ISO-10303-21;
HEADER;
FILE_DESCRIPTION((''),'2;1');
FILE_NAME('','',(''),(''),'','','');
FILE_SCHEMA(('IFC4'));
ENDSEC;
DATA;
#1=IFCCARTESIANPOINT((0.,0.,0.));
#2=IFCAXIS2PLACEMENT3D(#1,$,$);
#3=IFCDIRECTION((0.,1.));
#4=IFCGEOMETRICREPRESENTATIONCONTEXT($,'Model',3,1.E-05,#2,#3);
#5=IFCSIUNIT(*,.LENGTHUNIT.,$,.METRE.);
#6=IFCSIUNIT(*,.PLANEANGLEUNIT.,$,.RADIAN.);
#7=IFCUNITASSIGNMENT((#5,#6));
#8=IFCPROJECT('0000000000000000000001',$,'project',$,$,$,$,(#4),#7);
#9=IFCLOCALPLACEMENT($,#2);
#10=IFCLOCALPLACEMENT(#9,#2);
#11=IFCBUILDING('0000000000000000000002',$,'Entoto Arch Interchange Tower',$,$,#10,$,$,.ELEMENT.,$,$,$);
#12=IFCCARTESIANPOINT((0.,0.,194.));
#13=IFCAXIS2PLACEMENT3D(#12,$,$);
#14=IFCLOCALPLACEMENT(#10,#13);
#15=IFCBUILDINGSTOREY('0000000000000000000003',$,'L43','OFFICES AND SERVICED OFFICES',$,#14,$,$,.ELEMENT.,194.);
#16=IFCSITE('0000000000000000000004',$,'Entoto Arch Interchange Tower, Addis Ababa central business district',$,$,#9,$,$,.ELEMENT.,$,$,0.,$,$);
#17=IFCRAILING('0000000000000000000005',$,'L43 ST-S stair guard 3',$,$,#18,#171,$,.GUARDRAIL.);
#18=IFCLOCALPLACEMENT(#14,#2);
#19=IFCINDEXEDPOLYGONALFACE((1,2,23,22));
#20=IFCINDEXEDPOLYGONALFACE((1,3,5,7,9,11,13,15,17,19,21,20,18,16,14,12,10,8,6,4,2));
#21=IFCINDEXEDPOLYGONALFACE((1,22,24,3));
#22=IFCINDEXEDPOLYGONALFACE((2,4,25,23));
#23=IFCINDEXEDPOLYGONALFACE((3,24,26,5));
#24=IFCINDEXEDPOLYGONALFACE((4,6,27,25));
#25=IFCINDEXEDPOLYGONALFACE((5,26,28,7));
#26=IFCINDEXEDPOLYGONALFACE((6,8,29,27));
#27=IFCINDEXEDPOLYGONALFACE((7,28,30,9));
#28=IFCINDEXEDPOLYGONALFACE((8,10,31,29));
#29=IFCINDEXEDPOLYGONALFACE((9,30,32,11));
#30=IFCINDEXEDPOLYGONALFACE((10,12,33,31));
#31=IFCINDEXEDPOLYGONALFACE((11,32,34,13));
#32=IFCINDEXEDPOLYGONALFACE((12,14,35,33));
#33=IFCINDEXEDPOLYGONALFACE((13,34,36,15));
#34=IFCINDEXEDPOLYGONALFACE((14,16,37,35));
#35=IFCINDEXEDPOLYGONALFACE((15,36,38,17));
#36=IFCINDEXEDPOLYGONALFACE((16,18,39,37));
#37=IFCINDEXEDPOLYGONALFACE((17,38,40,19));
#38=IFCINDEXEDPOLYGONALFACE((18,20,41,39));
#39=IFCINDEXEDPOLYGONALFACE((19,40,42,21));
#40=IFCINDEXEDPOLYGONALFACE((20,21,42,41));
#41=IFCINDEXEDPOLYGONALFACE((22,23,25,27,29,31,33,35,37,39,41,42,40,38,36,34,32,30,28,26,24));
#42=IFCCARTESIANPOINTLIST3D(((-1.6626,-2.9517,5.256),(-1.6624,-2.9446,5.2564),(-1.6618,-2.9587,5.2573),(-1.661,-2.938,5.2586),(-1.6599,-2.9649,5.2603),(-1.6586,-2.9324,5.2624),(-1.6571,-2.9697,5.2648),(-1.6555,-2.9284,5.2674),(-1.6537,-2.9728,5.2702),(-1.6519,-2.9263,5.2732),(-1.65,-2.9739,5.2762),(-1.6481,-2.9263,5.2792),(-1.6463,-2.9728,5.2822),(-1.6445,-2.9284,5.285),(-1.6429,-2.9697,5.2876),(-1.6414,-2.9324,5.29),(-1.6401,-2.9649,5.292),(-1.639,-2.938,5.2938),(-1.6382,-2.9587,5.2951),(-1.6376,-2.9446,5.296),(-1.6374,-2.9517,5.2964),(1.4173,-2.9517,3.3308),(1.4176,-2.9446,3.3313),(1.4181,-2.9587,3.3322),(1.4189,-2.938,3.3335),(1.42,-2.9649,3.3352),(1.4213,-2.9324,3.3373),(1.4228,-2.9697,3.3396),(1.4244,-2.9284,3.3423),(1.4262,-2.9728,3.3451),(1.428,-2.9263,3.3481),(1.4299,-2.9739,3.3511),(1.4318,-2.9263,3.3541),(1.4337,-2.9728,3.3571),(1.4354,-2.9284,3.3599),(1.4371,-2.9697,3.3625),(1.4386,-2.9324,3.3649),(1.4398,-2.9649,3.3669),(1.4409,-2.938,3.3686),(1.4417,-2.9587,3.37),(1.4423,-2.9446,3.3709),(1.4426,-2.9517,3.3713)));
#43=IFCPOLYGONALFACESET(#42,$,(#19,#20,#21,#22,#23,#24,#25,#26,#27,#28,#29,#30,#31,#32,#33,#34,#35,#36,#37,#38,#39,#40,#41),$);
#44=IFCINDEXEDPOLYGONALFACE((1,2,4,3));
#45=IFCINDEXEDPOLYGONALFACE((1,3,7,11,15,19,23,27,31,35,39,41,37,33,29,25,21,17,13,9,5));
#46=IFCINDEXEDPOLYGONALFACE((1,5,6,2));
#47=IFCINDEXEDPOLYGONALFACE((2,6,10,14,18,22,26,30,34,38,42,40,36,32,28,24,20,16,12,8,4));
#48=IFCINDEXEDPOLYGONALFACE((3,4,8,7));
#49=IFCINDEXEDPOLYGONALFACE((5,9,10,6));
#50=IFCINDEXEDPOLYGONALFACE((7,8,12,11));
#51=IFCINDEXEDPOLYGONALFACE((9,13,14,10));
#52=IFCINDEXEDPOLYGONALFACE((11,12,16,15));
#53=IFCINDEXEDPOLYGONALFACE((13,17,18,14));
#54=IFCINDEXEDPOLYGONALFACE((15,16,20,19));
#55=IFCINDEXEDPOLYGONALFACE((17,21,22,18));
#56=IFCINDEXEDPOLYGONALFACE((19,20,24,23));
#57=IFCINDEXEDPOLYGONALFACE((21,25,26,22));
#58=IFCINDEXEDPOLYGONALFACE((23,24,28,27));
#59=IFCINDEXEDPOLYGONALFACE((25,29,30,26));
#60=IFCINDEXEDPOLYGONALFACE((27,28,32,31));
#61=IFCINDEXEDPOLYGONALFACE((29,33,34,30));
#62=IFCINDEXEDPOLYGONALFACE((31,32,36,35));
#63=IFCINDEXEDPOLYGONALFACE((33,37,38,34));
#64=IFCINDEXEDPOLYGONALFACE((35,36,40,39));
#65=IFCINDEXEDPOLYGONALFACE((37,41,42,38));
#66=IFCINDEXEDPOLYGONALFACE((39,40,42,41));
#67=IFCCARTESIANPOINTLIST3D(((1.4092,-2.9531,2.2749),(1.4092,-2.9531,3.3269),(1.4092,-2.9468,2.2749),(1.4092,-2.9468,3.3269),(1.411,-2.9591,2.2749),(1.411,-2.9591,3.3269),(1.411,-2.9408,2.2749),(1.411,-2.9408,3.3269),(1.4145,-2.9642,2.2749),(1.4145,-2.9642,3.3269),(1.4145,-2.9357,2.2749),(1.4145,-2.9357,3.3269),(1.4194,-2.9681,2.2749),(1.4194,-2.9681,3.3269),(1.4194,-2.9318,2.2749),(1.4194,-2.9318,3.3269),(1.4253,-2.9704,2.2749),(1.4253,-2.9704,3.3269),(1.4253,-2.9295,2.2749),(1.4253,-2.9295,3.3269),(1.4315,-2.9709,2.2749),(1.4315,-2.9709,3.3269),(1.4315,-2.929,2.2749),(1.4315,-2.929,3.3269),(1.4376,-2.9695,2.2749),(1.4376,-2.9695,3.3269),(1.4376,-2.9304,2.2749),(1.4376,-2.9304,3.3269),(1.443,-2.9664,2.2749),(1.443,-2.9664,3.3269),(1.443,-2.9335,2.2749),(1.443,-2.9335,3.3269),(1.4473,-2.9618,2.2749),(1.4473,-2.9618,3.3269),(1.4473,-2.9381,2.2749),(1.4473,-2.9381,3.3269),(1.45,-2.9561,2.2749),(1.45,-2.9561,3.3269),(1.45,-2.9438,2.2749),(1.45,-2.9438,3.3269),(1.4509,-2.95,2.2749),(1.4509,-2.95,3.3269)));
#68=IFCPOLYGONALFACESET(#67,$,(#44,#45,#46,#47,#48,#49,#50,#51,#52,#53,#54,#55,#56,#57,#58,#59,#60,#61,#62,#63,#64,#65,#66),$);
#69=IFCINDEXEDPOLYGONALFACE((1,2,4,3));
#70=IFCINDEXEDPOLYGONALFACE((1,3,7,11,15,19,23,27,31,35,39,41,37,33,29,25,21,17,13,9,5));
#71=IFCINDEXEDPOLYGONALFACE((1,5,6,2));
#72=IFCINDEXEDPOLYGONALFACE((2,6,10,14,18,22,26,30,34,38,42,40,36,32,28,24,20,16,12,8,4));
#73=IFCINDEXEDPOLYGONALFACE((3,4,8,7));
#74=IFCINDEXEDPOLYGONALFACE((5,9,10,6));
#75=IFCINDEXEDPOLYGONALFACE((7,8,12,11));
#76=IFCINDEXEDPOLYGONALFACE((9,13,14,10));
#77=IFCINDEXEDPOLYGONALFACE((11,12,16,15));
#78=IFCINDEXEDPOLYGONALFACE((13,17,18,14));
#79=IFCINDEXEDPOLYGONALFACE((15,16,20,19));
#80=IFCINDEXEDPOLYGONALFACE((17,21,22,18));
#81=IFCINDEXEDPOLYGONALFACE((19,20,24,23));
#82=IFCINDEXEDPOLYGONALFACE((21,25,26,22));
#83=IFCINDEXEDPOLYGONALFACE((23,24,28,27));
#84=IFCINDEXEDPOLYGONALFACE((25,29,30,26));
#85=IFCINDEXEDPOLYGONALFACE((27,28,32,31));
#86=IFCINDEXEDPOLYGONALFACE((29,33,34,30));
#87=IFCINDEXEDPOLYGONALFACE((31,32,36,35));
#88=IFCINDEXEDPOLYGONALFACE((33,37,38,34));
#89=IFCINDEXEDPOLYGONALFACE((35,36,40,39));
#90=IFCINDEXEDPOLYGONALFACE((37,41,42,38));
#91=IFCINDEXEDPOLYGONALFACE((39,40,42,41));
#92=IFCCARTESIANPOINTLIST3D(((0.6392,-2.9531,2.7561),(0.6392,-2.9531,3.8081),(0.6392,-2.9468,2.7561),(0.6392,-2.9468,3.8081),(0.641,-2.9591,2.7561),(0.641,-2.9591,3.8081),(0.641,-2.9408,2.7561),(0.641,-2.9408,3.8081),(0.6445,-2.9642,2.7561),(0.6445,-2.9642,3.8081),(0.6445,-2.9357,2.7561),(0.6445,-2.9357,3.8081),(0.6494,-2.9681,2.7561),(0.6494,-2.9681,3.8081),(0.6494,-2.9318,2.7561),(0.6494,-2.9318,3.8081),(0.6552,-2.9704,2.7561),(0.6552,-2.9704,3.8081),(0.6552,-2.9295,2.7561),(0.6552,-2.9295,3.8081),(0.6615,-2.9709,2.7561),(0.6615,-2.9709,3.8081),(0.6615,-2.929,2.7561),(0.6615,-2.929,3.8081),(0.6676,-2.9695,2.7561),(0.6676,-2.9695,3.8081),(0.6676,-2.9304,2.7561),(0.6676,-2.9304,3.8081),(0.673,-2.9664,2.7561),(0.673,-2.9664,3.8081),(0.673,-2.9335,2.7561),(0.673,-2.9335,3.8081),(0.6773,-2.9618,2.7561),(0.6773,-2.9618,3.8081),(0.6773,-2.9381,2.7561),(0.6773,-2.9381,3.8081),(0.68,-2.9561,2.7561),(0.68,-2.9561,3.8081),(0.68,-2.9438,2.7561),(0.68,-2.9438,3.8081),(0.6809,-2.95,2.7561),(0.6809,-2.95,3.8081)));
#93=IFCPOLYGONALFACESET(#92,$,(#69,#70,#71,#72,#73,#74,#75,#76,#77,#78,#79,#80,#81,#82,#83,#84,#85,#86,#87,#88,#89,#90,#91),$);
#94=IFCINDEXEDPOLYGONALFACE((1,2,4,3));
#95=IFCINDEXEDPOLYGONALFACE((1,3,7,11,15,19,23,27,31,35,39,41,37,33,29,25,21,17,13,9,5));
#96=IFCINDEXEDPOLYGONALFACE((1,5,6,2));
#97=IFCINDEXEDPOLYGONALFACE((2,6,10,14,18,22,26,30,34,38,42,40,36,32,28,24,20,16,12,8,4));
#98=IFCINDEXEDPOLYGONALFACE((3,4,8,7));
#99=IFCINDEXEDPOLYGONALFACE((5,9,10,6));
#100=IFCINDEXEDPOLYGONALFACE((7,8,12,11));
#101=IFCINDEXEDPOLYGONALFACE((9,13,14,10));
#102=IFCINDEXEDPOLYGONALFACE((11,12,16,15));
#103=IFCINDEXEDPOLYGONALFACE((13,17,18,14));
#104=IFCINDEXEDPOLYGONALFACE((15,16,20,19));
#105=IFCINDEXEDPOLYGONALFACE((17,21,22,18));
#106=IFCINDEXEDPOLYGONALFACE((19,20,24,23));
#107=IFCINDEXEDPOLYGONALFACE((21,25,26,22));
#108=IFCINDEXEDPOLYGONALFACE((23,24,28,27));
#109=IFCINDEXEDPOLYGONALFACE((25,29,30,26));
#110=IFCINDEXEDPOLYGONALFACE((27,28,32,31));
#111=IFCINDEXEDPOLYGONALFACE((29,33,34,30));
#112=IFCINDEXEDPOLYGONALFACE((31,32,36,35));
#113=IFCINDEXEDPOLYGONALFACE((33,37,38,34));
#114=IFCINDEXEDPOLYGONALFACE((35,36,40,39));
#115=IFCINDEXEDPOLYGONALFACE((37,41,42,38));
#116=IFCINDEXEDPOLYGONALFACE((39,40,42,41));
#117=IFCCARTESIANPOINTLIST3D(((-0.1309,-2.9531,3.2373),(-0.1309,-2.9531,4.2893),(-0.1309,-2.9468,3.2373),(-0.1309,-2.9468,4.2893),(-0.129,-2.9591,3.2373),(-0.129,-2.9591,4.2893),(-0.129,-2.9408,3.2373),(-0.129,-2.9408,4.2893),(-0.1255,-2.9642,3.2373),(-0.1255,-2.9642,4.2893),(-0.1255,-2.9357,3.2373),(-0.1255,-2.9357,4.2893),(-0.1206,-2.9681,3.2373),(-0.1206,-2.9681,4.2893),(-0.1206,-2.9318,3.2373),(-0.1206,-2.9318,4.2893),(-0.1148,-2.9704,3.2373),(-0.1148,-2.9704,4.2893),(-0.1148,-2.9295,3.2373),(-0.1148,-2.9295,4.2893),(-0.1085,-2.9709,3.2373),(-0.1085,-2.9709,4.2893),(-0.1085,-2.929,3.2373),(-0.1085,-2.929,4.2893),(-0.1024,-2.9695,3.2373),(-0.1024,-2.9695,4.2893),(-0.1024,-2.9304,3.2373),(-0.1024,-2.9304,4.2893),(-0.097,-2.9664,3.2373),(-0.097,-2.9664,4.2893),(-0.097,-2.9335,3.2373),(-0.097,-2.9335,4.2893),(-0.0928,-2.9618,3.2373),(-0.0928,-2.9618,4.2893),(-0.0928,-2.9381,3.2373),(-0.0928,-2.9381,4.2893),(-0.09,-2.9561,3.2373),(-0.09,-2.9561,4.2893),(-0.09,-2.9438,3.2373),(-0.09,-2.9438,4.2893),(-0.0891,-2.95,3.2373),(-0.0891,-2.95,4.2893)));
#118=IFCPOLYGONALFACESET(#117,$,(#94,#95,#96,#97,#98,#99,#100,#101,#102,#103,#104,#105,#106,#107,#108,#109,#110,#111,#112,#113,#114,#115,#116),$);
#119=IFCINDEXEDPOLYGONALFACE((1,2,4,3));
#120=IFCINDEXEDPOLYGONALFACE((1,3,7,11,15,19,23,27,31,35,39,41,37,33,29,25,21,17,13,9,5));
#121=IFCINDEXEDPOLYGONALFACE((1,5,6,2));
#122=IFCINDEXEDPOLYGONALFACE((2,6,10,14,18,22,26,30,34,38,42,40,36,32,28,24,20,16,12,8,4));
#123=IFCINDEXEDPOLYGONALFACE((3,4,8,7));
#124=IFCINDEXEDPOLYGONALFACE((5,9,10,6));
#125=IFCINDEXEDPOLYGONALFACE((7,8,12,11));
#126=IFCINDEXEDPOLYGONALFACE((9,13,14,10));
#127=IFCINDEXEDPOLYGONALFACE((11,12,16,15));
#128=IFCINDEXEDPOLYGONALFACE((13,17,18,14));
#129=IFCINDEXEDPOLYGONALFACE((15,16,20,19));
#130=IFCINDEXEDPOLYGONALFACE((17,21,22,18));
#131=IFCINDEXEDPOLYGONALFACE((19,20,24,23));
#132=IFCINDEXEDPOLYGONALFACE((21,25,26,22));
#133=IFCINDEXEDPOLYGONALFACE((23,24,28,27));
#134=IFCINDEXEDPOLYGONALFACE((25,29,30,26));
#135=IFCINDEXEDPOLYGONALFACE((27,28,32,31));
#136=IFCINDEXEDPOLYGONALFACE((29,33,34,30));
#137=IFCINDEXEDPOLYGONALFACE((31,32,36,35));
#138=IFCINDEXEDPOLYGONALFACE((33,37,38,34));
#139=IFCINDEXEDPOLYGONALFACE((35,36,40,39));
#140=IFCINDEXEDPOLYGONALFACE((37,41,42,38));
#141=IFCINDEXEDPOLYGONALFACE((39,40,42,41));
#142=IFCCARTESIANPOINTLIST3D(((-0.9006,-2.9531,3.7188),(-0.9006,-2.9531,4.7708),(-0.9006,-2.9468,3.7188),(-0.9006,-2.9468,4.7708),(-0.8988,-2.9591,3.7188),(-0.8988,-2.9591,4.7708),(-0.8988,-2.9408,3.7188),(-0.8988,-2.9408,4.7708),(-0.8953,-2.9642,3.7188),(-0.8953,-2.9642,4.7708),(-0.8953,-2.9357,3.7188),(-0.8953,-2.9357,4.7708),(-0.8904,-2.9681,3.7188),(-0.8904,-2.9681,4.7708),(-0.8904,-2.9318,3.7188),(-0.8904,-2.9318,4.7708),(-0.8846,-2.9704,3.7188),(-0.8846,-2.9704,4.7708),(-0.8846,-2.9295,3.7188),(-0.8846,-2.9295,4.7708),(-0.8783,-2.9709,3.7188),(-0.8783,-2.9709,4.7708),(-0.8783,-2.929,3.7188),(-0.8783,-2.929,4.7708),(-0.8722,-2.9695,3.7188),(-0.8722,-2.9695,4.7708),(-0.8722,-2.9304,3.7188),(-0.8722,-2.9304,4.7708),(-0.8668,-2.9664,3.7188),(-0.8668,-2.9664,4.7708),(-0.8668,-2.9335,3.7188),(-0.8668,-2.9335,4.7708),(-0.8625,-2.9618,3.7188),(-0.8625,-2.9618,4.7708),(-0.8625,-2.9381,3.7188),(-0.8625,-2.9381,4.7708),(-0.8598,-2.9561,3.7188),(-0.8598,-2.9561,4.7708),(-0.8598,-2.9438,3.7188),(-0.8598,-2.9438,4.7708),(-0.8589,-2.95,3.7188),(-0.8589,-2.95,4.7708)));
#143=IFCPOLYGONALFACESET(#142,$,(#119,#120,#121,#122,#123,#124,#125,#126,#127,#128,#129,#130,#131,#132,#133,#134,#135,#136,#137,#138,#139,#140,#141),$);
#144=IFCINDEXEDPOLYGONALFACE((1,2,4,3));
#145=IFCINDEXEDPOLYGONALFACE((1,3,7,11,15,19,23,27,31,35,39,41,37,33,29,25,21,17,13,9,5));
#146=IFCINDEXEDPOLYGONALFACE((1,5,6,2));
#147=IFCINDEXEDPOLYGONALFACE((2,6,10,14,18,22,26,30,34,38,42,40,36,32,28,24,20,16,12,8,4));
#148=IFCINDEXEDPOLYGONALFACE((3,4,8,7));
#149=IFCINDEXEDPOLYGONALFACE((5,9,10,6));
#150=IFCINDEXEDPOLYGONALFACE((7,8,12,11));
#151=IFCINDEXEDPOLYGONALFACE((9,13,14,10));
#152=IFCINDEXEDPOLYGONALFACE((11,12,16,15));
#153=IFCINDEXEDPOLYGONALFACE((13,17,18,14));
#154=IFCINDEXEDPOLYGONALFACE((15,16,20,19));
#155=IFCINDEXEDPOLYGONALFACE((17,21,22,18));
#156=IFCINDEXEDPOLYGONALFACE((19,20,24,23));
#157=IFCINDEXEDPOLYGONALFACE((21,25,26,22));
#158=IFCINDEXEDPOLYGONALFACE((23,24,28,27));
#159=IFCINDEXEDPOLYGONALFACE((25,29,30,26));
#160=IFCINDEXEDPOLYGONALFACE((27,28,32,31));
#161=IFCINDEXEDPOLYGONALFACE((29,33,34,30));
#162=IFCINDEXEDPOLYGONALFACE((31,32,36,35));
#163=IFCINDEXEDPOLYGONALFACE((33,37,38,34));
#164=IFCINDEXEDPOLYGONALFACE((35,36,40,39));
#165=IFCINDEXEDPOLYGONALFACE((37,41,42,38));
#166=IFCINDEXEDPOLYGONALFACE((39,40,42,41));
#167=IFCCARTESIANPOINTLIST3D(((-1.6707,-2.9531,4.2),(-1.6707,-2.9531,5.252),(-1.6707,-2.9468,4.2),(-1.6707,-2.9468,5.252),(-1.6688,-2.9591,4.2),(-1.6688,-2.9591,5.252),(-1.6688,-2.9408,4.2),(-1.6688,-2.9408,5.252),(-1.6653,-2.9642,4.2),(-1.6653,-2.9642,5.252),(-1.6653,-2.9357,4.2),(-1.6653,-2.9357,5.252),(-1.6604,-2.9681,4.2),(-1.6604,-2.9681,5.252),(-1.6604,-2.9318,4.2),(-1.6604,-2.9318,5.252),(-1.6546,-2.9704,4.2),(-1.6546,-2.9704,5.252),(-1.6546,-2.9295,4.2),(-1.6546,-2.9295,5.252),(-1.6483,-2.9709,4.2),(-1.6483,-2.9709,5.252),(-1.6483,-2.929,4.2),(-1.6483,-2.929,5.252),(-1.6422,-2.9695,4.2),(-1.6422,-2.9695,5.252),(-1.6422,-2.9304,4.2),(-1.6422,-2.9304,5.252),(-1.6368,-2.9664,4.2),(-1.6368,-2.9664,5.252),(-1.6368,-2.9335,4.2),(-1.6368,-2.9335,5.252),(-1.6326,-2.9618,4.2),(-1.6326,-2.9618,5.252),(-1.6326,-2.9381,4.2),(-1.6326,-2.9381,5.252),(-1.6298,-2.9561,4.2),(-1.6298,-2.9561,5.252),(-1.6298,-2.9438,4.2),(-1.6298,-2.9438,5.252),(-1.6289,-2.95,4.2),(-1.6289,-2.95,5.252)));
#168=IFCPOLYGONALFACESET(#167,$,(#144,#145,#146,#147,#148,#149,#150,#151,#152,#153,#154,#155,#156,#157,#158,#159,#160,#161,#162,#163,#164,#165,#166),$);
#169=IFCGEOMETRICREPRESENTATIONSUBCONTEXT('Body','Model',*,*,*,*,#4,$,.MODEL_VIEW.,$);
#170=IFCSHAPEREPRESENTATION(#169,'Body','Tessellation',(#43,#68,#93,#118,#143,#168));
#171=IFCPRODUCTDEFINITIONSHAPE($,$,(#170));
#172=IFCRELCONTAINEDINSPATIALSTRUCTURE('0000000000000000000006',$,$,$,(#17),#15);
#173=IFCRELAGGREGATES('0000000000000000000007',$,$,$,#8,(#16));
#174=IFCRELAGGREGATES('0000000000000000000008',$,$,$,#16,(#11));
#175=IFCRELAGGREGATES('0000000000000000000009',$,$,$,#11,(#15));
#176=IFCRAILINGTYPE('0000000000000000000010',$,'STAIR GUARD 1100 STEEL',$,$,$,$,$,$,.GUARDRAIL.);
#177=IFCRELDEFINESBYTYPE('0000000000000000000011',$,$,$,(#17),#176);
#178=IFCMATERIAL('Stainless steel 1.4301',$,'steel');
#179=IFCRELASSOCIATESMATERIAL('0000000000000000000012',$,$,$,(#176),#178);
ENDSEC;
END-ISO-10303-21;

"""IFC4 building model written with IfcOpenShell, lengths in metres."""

from ifc_helpers import new_model, si_unit, direction, frame, origin, origin_2d, place, context, subcontext, project, spatial, circle, extrude, material, type_object, element, save


model = new_model("IFC4")

# Units and contexts
model_context = context("Model", 3, precision=1e-05, world=origin(), true_north=direction((0.0, 1.0)))
body_context = subcontext(model_context, "Body", "Model", "MODEL_VIEW")
ifc_project = project(units=[si_unit("LENGTHUNIT", "METRE"), si_unit("PLANEANGLEUNIT", "RADIAN")], contexts=[model_context])

# Site, building, storey
site_placement = place(None, origin())
site = spatial("IfcSite", under=ifc_project, at=site_placement, Name="Entoto Arch Interchange Tower, Addis Ababa central business district", CompositionType="ELEMENT", RefElevation=0.0)
building_placement = place(site_placement, origin())
building = spatial("IfcBuilding", under=site, at=building_placement, Name="Entoto Arch Interchange Tower", CompositionType="ELEMENT")
storey_placement = place(building_placement, frame((0.0, 0.0, 194.0)))
storey = spatial("IfcBuildingStorey", under=building, at=storey_placement, Name="L43", Description="OFFICES AND SERVICED OFFICES", CompositionType="ELEMENT", Elevation=194.0)

# Railing
ifc_material_1 = material(Name="Stainless steel 1.4301", Category="steel")
railing_type_1 = type_object("IfcRailingType", Name="STAIR GUARD 1100 STEEL", PredefinedType="GUARDRAIL", material=ifc_material_1)
railing_1_placement = place(storey_placement, frame((1.4299, -2.95, 2.2749)))
element("IfcRailing", 1, at=railing_1_placement, inside=storey, type_object=railing_type_1, Name="L43 ST-S stair guard 3", PredefinedType="GUARDRAIL", context=body_context, shape_type="SweptSolid", body=[
    extrude(circle(Radius=0.0239, at=origin_2d()), frame((0.0, 0.0, 1.0762), z_axis=(-0.847979, 0.0, 0.530029), x_axis=(0.0, -1.0, 0.0)), (0.0, 0.0, 1.0), 3.6321),
    extrude(circle(Radius=0.021, at=origin_2d()), origin(), (0.0, 0.0, 1.0), 1.052),
    extrude(circle(Radius=0.021, at=origin_2d()), frame((-0.77, 0.0, 0.4812)), (0.0, 0.0, 1.0), 1.052),
    extrude(circle(Radius=0.021, at=origin_2d()), frame((-1.54, 0.0, 0.9624)), (0.0, 0.0, 1.0), 1.052),
    extrude(circle(Radius=0.021, at=origin_2d()), frame((-2.3098, 0.0, 1.4438)), (0.0, 0.0, 1.0), 1.052),
    extrude(circle(Radius=0.021, at=origin_2d()), frame((-3.0798, 0.0, 1.925)), (0.0, 0.0, 1.0), 1.052),
])

save(model, "model.ifc")
